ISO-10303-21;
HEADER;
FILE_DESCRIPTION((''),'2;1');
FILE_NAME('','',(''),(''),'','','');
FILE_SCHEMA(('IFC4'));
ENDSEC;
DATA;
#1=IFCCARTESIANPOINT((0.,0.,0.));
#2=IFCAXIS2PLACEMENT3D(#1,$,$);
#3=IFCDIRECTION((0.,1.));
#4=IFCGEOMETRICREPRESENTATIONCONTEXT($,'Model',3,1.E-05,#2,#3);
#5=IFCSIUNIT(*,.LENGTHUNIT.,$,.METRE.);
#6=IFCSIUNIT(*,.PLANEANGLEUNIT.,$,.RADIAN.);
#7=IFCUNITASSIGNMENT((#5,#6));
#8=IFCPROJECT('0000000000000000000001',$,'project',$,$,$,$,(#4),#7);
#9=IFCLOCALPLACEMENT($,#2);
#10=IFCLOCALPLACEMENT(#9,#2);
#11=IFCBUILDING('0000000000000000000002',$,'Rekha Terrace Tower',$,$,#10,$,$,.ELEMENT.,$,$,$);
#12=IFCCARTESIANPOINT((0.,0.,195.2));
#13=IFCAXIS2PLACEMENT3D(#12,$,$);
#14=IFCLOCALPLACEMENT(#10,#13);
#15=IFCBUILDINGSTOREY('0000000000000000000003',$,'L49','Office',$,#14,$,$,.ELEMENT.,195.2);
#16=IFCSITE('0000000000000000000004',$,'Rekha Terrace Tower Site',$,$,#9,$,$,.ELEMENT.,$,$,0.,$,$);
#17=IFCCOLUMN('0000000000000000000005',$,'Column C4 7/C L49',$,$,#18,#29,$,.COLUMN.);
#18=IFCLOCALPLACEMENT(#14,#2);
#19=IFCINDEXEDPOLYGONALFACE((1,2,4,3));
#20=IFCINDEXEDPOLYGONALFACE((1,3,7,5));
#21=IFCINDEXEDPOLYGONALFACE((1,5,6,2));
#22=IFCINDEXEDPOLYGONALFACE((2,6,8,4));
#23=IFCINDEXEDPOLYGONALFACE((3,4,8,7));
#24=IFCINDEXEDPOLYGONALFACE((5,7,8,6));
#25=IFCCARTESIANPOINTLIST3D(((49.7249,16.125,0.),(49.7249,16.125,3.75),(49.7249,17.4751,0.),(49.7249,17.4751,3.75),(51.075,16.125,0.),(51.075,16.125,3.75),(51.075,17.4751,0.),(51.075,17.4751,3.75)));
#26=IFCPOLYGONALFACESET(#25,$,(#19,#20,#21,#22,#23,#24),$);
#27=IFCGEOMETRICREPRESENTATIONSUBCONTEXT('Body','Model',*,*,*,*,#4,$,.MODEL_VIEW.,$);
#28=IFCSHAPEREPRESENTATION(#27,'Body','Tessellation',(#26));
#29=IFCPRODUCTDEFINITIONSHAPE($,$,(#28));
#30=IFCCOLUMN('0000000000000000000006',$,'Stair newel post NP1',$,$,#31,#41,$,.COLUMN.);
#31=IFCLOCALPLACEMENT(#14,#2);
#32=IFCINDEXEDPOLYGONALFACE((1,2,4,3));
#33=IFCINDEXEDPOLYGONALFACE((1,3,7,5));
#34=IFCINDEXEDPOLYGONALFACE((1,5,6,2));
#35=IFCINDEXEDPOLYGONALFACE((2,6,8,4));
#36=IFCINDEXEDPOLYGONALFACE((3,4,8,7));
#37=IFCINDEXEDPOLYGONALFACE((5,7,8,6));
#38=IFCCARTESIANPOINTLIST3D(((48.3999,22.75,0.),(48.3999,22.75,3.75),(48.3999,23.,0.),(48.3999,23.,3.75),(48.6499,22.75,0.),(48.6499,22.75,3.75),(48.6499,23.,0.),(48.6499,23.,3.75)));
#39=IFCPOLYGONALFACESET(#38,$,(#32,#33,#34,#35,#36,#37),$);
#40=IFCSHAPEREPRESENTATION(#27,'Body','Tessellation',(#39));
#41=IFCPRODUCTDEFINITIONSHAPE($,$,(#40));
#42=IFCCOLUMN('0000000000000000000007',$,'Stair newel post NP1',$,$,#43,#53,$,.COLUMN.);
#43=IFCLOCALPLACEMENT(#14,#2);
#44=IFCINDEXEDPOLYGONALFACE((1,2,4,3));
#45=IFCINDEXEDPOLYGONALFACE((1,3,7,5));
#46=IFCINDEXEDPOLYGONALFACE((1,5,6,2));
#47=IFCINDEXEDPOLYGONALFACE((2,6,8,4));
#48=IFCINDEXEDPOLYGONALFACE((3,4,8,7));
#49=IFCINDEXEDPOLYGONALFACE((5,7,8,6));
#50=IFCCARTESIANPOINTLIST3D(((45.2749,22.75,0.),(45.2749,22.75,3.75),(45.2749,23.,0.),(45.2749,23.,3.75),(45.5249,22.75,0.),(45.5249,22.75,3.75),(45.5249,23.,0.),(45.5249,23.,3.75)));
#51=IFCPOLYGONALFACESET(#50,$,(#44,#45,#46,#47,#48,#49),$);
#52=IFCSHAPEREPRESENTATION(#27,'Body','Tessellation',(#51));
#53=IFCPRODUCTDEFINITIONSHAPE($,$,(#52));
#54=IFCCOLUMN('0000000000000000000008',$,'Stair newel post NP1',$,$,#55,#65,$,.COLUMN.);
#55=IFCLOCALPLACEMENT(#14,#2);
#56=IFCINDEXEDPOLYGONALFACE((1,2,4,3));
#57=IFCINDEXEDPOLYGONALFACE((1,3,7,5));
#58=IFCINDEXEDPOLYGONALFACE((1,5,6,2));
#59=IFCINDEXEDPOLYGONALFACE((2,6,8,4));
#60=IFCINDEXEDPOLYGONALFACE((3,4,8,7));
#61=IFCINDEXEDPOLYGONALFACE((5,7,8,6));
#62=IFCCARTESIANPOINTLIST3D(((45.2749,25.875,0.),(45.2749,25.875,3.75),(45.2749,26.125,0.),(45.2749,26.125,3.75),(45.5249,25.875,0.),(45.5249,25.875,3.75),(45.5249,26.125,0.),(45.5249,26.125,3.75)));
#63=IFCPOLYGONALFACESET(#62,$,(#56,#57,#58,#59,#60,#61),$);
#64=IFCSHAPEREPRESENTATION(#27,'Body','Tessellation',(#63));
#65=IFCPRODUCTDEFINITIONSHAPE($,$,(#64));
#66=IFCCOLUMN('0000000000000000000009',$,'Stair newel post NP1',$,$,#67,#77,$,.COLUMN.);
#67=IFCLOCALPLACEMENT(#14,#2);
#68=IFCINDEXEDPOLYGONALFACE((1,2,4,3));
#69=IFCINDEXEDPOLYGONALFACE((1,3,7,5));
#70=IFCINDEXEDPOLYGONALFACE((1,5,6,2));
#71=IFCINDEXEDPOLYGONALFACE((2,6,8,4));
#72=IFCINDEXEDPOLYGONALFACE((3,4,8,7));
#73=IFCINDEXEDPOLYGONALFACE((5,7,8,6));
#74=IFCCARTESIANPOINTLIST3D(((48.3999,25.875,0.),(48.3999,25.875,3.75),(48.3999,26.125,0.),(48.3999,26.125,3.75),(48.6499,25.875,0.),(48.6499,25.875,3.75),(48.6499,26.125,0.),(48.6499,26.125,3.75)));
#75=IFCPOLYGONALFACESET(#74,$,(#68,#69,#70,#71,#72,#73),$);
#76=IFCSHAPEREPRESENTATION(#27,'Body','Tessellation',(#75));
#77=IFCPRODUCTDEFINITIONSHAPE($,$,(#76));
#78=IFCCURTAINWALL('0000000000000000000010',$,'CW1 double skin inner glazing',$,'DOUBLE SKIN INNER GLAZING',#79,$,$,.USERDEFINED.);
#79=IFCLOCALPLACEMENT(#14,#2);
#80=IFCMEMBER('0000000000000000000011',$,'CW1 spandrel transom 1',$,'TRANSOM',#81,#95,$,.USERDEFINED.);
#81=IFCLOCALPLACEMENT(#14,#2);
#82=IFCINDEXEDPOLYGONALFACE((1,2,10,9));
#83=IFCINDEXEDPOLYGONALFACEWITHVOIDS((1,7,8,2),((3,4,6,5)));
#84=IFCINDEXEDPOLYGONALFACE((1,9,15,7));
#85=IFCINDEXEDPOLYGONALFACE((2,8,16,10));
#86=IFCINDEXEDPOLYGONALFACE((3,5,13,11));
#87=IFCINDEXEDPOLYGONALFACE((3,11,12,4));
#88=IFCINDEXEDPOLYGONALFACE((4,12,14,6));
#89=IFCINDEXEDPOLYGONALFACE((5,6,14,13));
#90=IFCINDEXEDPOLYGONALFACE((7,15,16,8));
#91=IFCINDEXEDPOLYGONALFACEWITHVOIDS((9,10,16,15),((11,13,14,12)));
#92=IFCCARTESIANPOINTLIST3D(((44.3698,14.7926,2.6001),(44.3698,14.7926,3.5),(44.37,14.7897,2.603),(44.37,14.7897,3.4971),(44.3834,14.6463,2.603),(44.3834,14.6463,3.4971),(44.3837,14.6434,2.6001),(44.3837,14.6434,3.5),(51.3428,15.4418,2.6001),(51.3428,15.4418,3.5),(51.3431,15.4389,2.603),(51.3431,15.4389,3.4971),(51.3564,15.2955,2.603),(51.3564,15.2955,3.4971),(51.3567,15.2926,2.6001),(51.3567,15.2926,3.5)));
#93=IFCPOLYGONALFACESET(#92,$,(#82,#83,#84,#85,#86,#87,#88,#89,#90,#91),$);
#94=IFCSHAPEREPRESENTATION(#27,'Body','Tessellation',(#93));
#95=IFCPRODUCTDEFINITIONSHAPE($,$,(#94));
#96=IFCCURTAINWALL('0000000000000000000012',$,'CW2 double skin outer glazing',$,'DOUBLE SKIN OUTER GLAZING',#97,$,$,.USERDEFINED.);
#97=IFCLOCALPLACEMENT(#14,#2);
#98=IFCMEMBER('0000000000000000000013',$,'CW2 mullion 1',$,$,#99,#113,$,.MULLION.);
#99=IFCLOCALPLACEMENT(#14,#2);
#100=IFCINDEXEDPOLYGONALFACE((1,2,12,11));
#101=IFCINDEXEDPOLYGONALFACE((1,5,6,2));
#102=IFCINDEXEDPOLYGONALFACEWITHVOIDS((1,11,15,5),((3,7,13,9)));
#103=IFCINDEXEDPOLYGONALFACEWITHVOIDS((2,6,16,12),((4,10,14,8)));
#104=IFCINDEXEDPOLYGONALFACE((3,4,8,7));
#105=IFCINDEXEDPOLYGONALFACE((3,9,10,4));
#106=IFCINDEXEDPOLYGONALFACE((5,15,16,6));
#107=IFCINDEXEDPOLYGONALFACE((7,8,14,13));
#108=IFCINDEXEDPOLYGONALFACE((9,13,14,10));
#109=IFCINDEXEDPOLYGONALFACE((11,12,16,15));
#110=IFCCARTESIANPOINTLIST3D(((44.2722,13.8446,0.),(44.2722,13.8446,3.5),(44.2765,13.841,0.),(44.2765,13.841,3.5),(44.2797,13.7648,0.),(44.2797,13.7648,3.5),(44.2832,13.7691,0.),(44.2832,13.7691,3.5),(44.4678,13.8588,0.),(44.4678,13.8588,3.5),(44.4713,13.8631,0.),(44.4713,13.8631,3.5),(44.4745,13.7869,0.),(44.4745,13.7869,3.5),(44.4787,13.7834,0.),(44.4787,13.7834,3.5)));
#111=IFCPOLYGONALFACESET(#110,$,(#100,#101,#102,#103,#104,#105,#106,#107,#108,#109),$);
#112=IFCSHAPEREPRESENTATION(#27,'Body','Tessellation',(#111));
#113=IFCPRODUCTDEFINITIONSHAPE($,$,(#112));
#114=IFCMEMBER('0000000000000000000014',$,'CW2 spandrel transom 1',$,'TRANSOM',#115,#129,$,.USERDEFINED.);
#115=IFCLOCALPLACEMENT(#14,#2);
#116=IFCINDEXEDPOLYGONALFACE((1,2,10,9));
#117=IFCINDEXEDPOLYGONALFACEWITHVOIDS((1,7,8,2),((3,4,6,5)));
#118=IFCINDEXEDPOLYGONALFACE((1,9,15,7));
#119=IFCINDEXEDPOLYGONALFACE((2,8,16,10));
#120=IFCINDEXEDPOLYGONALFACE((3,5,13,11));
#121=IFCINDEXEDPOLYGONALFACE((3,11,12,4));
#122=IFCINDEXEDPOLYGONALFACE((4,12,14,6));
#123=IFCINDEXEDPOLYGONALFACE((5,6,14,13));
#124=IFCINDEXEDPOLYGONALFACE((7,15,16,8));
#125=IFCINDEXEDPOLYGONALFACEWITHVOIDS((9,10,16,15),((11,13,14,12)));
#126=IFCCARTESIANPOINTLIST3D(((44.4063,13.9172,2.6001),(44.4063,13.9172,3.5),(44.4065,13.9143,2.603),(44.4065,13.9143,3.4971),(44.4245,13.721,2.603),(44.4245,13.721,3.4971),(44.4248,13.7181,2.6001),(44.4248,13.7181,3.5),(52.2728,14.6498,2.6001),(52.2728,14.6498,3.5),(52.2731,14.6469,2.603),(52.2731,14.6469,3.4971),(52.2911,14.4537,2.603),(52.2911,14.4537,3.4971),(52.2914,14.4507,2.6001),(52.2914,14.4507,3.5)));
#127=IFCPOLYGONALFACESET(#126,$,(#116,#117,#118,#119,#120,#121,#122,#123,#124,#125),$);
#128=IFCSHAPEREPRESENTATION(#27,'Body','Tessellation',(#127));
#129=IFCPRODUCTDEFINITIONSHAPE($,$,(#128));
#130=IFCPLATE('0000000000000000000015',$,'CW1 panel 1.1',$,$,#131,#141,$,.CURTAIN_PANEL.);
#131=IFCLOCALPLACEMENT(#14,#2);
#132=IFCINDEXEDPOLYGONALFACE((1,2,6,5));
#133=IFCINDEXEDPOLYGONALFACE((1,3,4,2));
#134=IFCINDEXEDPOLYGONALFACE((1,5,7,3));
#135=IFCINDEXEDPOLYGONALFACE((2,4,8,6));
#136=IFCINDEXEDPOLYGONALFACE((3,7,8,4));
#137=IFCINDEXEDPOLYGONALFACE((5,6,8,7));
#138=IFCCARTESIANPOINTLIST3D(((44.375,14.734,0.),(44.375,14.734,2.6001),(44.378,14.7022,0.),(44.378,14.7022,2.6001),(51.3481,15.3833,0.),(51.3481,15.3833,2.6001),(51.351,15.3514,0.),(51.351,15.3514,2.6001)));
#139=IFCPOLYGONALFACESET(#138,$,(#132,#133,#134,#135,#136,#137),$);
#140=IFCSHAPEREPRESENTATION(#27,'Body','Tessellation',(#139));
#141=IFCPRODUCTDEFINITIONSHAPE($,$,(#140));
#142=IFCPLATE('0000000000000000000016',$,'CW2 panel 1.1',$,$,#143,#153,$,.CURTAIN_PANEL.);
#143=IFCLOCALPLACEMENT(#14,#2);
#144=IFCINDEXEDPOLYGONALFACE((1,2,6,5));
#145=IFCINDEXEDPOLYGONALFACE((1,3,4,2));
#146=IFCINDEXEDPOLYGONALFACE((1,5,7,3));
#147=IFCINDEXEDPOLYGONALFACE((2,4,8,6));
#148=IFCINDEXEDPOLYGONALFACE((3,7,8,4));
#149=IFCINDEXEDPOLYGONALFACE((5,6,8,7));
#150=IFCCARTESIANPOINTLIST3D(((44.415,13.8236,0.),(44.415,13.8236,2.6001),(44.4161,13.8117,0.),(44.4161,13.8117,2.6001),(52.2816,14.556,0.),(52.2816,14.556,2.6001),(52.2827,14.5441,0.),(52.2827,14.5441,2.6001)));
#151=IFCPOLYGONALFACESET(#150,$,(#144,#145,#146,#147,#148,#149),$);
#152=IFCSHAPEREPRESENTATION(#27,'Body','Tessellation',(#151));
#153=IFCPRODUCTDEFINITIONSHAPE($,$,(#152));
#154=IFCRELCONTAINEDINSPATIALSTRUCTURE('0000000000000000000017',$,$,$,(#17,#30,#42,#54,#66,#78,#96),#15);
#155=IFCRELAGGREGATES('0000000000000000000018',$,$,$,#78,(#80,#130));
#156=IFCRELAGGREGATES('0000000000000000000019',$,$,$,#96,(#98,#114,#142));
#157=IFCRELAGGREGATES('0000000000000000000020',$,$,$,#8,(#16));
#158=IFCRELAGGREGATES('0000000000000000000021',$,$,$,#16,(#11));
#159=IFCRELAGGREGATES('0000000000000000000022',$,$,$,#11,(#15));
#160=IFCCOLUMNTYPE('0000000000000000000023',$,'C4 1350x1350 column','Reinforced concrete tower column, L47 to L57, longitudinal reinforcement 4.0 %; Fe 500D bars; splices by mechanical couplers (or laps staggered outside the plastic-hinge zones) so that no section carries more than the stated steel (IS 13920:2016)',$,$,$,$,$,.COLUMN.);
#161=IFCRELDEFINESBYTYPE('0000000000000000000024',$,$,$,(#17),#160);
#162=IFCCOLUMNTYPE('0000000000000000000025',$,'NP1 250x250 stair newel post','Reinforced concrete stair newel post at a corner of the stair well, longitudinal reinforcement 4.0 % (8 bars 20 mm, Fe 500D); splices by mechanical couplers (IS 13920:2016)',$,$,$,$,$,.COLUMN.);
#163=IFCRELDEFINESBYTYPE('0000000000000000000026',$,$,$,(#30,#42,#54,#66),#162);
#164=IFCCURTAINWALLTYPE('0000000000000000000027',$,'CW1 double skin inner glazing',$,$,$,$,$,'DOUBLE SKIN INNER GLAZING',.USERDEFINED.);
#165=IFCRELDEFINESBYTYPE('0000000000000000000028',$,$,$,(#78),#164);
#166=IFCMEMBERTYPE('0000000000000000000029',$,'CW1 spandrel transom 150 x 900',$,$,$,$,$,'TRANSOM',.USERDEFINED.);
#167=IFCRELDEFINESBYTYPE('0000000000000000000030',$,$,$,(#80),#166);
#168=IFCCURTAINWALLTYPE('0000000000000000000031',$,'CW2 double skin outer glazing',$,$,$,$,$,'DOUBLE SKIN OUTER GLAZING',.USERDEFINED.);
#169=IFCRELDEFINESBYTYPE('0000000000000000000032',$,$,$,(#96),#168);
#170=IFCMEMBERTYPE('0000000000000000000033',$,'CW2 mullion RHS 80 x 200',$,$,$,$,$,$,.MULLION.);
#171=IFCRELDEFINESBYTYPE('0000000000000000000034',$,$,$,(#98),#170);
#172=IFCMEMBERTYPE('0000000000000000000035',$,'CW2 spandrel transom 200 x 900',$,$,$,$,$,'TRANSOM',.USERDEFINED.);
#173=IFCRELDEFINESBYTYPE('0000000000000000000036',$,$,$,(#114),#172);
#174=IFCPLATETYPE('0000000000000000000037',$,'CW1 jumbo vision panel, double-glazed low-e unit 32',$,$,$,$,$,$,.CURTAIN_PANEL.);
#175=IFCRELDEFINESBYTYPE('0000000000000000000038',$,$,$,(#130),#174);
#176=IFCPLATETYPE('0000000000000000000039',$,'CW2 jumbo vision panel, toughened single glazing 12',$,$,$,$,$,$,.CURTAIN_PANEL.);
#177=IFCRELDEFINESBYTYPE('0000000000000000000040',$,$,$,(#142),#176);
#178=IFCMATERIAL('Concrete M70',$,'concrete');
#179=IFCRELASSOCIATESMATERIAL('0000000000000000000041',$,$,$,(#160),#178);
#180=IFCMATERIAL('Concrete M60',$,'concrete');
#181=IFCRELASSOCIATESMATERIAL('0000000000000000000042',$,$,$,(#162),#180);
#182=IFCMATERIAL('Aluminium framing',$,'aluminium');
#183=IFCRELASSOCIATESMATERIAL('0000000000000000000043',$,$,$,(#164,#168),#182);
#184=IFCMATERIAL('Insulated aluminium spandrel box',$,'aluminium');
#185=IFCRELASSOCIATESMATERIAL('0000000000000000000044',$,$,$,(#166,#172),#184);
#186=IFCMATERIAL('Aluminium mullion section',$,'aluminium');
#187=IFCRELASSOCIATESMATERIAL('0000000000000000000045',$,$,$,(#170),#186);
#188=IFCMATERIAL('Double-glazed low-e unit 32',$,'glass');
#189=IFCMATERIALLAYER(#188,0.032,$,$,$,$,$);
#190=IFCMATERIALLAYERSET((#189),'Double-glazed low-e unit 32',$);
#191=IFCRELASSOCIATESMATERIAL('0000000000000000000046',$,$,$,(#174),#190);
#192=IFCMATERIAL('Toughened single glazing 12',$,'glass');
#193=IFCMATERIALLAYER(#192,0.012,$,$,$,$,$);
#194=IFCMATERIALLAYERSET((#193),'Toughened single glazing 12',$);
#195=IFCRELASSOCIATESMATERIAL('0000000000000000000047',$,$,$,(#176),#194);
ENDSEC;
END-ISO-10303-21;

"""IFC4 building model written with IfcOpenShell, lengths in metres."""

from ifc_helpers import new_model, si_unit, direction, frame, origin, origin_2d, place, context, subcontext, project, spatial, rectangle, hollow_rectangle, extrude, material, layer, layer_set, material_profile, profile_set, type_object, element, aggregate, save


model = new_model("IFC4")

# Units and contexts
model_context = context("Model", 3, precision=1e-05, world=origin(), true_north=direction((0.0, 1.0)))
body_context = subcontext(model_context, "Body", "Model", "MODEL_VIEW")
ifc_project = project(units=[si_unit("LENGTHUNIT", "METRE"), si_unit("PLANEANGLEUNIT", "RADIAN")], contexts=[model_context])

# Site, building, storey
site_placement = place(None, origin())
site = spatial("IfcSite", under=ifc_project, at=site_placement, Name="Rekha Terrace Tower Site", CompositionType="ELEMENT", RefElevation=0.0)
building_placement = place(site_placement, origin())
building = spatial("IfcBuilding", under=site, at=building_placement, Name="Rekha Terrace Tower", CompositionType="ELEMENT")
storey_placement = place(building_placement, frame((0.0, 0.0, 195.2)))
storey = spatial("IfcBuildingStorey", under=building, at=storey_placement, Name="L49", Description="Office", CompositionType="ELEMENT", Elevation=195.2)

# Columns
ifc_material_1 = material(Name="Concrete M70", Category="concrete")
ifc_material_profile_1 = material_profile(ifc_material_1, rectangle(XDim=1.3501, YDim=1.3501, at=origin_2d()), Name="RC 1350x1350")
ifc_profile_set_1 = profile_set([ifc_material_profile_1], Name="Concrete M70")
column_type_1 = type_object("IfcColumnType", Name="C4 1350x1350 column", Description="Reinforced concrete tower column, L47 to L57, longitudinal reinforcement 4.0 %; Fe 500D bars; splices by mechanical couplers (or laps staggered outside the plastic-hinge zones) so that no section carries more than the stated steel (IS 13920:2016)", PredefinedType="COLUMN", material=ifc_profile_set_1)
column_placement = place(storey_placement, frame((50.3999, 16.8, 0.0), z_axis=(0.0, 0.0, 1.0), x_axis=(1.0, 0.0, 0.0)))
element("IfcColumn", 1, at=column_placement, inside=storey, type_object=column_type_1, Name="Column C4 7/C L49", PredefinedType="COLUMN", context=body_context, shape_type="SweptSolid", body=[
    extrude(rectangle(XDim=1.3501, YDim=1.3501, at=origin_2d()), origin(), (0.0, 0.0, 1.0), 3.75),
])
ifc_material_2 = material(Name="Concrete M60", Category="concrete")
ifc_material_profile_2 = material_profile(ifc_material_2, rectangle(XDim=0.25, YDim=0.25, at=origin_2d()), Name="RC 250x250")
ifc_profile_set_2 = profile_set([ifc_material_profile_2], Name="Concrete M60")
column_type_2 = type_object("IfcColumnType", Name="NP1 250x250 stair newel post", Description="Reinforced concrete stair newel post at a corner of the stair well, longitudinal reinforcement 4.0 % (8 bars 20 mm, Fe 500D); splices by mechanical couplers (IS 13920:2016)", PredefinedType="COLUMN", material=ifc_profile_set_2)
for number, where, z_axis, x_axis, name in (
    (2, (48.5249, 22.875, 0.0), (0.0, 0.0, 1.0), (1.0, 0.0, 0.0), "Stair newel post NP1"),
    (3, (45.3999, 22.875, 0.0), (0.0, 0.0, 1.0), (1.0, 0.0, 0.0), "Stair newel post NP1"),
    (4, (45.3999, 26.0, 0.0), (0.0, 0.0, 1.0), (1.0, 0.0, 0.0), "Stair newel post NP1"),
    (5, (48.5249, 26.0, 0.0), (0.0, 0.0, 1.0), (1.0, 0.0, 0.0), "Stair newel post NP1"),
):
    element("IfcColumn", number, at=place(storey_placement, frame(where, z_axis=z_axis, x_axis=x_axis)), inside=storey, type_object=column_type_2, Name=name, PredefinedType="COLUMN", context=body_context, shape_type="SweptSolid", body=[
        extrude(rectangle(XDim=0.25, YDim=0.25, at=origin_2d()), origin(), (0.0, 0.0, 1.0), 3.75),
    ])

# Curtain wall, member
ifc_material_3 = material(Name="Aluminium framing", Category="aluminium")
curtain_wall_type_1 = type_object("IfcCurtainWallType", Name="CW1 double skin inner glazing", ElementType="DOUBLE SKIN INNER GLAZING", PredefinedType="USERDEFINED", material=ifc_material_3)
curtain_wall_1_placement = place(storey_placement, origin())
curtain_wall_1 = element("IfcCurtainWall", 6, at=curtain_wall_1_placement, inside=storey, type_object=curtain_wall_type_1, Name="CW1 double skin inner glazing", ObjectType="DOUBLE SKIN INNER GLAZING", PredefinedType="USERDEFINED")
ifc_material_4 = material(Name="Insulated aluminium spandrel box", Category="aluminium")
ifc_material_profile_3 = material_profile(ifc_material_4, hollow_rectangle(XDim=0.1499, YDim=0.8999, WallThickness=0.0029, at=origin_2d()), Name="AL SPANDREL BOX 150x900")
ifc_profile_set_3 = profile_set([ifc_material_profile_3], Name="Insulated aluminium spandrel box")
member_type_1 = type_object("IfcMemberType", Name="CW1 spandrel transom 150 x 900", ElementType="TRANSOM", PredefinedType="USERDEFINED", material=ifc_profile_set_3)
member_1_placement = place(storey_placement, frame((44.3767, 14.718, 3.05), z_axis=(0.995694, 0.092698, 0.0), x_axis=(-0.092698, 0.995694, 0.0)))
member_1 = element("IfcMember", 7, at=member_1_placement, type_object=member_type_1, Name="CW1 spandrel transom 1", ObjectType="TRANSOM", PredefinedType="USERDEFINED", context=body_context, shape_type="SweptSolid", body=[
    extrude(hollow_rectangle(XDim=0.1499, YDim=0.8999, WallThickness=0.0029, at=origin_2d()), origin(), (0.0, 0.0, 1.0), 7.0032),
])

# Curtain wall, members
curtain_wall_type_2 = type_object("IfcCurtainWallType", Name="CW2 double skin outer glazing", ElementType="DOUBLE SKIN OUTER GLAZING", PredefinedType="USERDEFINED", material=ifc_material_3)
curtain_wall_2_placement = place(storey_placement, origin())
curtain_wall_2 = element("IfcCurtainWall", 8, at=curtain_wall_2_placement, inside=storey, type_object=curtain_wall_type_2, Name="CW2 double skin outer glazing", ObjectType="DOUBLE SKIN OUTER GLAZING", PredefinedType="USERDEFINED")
ifc_material_5 = material(Name="Aluminium mullion section", Category="aluminium")
ifc_material_profile_4 = material_profile(ifc_material_5, hollow_rectangle(XDim=0.0801, YDim=0.2, WallThickness=0.0039, at=origin_2d()), Name="AL RHS 80x200")
ifc_profile_set_4 = profile_set([ifc_material_profile_4], Name="Aluminium mullion section")
member_type_2 = type_object("IfcMemberType", Name="CW2 mullion RHS 80 x 200", PredefinedType="MULLION", material=ifc_profile_set_4)
member_2_placement = place(storey_placement, frame((44.3755, 13.814, 0.0), z_axis=(0.0, 0.0, 1.0), x_axis=(-0.092709, 0.995693, 0.0)))
member_2 = element("IfcMember", 9, at=member_2_placement, type_object=member_type_2, Name="CW2 mullion 1", PredefinedType="MULLION", context=body_context, shape_type="SweptSolid", body=[
    extrude(hollow_rectangle(XDim=0.0801, YDim=0.2, WallThickness=0.0039, at=origin_2d()), origin(), (0.0, 0.0, 1.0), 3.5),
])
ifc_material_profile_5 = material_profile(ifc_material_4, hollow_rectangle(XDim=0.2, YDim=0.8999, WallThickness=0.0029, at=origin_2d()), Name="AL SPANDREL BOX 200x900")
ifc_profile_set_5 = profile_set([ifc_material_profile_5], Name="Insulated aluminium spandrel box")
member_type_3 = type_object("IfcMemberType", Name="CW2 spandrel transom 200 x 900", ElementType="TRANSOM", PredefinedType="USERDEFINED", material=ifc_profile_set_5)
member_3_placement = place(storey_placement, frame((44.4155, 13.8176, 3.05), z_axis=(0.995691, 0.092734, 0.0), x_axis=(-0.092734, 0.995691, 0.0)))
member_3 = element("IfcMember", 10, at=member_3_placement, type_object=member_type_3, Name="CW2 spandrel transom 1", ObjectType="TRANSOM", PredefinedType="USERDEFINED", context=body_context, shape_type="SweptSolid", body=[
    extrude(hollow_rectangle(XDim=0.2, YDim=0.8999, WallThickness=0.0029, at=origin_2d()), origin(), (0.0, 0.0, 1.0), 7.9006),
])

# Plates
ifc_material_6 = material(Name="Double-glazed low-e unit 32", Category="glass")
ifc_layer_1 = layer(ifc_material_6, 0.032)
ifc_layer_set_1 = layer_set([ifc_layer_1], Name="Double-glazed low-e unit 32")
plate_type_1 = type_object("IfcPlateType", Name="CW1 jumbo vision panel, double-glazed low-e unit 32", PredefinedType="CURTAIN_PANEL", material=ifc_layer_set_1)
plate_1_placement = place(storey_placement, frame((47.863, 15.0427, 0.0), z_axis=(0.0, 0.0, 1.0), x_axis=(0.995693, 0.092709, 0.0)))
plate_1 = element("IfcPlate", 11, at=plate_1_placement, type_object=plate_type_1, Name="CW1 panel 1.1", PredefinedType="CURTAIN_PANEL", context=body_context, shape_type="SweptSolid", body=[
    extrude(rectangle(XDim=7.0032, YDim=0.032, at=origin_2d()), origin(), (0.0, 0.0, 1.0), 2.6001),
])
aggregate(curtain_wall_1, [member_1, plate_1])
ifc_material_7 = material(Name="Toughened single glazing 12", Category="glass")
ifc_layer_2 = layer(ifc_material_7, 0.012)
ifc_layer_set_2 = layer_set([ifc_layer_2], Name="Toughened single glazing 12")
plate_type_2 = type_object("IfcPlateType", Name="CW2 jumbo vision panel, toughened single glazing 12", PredefinedType="CURTAIN_PANEL", material=ifc_layer_set_2)
plate_2_placement = place(storey_placement, frame((48.3489, 14.1838, 0.0), z_axis=(0.0, 0.0, 1.0), x_axis=(0.995693, 0.092709, 0.0)))
plate_2 = element("IfcPlate", 12, at=plate_2_placement, type_object=plate_type_2, Name="CW2 panel 1.1", PredefinedType="CURTAIN_PANEL", context=body_context, shape_type="SweptSolid", body=[
    extrude(rectangle(XDim=7.9006, YDim=0.012, at=origin_2d()), origin(), (0.0, 0.0, 1.0), 2.6001),
])
aggregate(curtain_wall_2, [member_2, member_3, plate_2])

save(model, "model.ifc")
